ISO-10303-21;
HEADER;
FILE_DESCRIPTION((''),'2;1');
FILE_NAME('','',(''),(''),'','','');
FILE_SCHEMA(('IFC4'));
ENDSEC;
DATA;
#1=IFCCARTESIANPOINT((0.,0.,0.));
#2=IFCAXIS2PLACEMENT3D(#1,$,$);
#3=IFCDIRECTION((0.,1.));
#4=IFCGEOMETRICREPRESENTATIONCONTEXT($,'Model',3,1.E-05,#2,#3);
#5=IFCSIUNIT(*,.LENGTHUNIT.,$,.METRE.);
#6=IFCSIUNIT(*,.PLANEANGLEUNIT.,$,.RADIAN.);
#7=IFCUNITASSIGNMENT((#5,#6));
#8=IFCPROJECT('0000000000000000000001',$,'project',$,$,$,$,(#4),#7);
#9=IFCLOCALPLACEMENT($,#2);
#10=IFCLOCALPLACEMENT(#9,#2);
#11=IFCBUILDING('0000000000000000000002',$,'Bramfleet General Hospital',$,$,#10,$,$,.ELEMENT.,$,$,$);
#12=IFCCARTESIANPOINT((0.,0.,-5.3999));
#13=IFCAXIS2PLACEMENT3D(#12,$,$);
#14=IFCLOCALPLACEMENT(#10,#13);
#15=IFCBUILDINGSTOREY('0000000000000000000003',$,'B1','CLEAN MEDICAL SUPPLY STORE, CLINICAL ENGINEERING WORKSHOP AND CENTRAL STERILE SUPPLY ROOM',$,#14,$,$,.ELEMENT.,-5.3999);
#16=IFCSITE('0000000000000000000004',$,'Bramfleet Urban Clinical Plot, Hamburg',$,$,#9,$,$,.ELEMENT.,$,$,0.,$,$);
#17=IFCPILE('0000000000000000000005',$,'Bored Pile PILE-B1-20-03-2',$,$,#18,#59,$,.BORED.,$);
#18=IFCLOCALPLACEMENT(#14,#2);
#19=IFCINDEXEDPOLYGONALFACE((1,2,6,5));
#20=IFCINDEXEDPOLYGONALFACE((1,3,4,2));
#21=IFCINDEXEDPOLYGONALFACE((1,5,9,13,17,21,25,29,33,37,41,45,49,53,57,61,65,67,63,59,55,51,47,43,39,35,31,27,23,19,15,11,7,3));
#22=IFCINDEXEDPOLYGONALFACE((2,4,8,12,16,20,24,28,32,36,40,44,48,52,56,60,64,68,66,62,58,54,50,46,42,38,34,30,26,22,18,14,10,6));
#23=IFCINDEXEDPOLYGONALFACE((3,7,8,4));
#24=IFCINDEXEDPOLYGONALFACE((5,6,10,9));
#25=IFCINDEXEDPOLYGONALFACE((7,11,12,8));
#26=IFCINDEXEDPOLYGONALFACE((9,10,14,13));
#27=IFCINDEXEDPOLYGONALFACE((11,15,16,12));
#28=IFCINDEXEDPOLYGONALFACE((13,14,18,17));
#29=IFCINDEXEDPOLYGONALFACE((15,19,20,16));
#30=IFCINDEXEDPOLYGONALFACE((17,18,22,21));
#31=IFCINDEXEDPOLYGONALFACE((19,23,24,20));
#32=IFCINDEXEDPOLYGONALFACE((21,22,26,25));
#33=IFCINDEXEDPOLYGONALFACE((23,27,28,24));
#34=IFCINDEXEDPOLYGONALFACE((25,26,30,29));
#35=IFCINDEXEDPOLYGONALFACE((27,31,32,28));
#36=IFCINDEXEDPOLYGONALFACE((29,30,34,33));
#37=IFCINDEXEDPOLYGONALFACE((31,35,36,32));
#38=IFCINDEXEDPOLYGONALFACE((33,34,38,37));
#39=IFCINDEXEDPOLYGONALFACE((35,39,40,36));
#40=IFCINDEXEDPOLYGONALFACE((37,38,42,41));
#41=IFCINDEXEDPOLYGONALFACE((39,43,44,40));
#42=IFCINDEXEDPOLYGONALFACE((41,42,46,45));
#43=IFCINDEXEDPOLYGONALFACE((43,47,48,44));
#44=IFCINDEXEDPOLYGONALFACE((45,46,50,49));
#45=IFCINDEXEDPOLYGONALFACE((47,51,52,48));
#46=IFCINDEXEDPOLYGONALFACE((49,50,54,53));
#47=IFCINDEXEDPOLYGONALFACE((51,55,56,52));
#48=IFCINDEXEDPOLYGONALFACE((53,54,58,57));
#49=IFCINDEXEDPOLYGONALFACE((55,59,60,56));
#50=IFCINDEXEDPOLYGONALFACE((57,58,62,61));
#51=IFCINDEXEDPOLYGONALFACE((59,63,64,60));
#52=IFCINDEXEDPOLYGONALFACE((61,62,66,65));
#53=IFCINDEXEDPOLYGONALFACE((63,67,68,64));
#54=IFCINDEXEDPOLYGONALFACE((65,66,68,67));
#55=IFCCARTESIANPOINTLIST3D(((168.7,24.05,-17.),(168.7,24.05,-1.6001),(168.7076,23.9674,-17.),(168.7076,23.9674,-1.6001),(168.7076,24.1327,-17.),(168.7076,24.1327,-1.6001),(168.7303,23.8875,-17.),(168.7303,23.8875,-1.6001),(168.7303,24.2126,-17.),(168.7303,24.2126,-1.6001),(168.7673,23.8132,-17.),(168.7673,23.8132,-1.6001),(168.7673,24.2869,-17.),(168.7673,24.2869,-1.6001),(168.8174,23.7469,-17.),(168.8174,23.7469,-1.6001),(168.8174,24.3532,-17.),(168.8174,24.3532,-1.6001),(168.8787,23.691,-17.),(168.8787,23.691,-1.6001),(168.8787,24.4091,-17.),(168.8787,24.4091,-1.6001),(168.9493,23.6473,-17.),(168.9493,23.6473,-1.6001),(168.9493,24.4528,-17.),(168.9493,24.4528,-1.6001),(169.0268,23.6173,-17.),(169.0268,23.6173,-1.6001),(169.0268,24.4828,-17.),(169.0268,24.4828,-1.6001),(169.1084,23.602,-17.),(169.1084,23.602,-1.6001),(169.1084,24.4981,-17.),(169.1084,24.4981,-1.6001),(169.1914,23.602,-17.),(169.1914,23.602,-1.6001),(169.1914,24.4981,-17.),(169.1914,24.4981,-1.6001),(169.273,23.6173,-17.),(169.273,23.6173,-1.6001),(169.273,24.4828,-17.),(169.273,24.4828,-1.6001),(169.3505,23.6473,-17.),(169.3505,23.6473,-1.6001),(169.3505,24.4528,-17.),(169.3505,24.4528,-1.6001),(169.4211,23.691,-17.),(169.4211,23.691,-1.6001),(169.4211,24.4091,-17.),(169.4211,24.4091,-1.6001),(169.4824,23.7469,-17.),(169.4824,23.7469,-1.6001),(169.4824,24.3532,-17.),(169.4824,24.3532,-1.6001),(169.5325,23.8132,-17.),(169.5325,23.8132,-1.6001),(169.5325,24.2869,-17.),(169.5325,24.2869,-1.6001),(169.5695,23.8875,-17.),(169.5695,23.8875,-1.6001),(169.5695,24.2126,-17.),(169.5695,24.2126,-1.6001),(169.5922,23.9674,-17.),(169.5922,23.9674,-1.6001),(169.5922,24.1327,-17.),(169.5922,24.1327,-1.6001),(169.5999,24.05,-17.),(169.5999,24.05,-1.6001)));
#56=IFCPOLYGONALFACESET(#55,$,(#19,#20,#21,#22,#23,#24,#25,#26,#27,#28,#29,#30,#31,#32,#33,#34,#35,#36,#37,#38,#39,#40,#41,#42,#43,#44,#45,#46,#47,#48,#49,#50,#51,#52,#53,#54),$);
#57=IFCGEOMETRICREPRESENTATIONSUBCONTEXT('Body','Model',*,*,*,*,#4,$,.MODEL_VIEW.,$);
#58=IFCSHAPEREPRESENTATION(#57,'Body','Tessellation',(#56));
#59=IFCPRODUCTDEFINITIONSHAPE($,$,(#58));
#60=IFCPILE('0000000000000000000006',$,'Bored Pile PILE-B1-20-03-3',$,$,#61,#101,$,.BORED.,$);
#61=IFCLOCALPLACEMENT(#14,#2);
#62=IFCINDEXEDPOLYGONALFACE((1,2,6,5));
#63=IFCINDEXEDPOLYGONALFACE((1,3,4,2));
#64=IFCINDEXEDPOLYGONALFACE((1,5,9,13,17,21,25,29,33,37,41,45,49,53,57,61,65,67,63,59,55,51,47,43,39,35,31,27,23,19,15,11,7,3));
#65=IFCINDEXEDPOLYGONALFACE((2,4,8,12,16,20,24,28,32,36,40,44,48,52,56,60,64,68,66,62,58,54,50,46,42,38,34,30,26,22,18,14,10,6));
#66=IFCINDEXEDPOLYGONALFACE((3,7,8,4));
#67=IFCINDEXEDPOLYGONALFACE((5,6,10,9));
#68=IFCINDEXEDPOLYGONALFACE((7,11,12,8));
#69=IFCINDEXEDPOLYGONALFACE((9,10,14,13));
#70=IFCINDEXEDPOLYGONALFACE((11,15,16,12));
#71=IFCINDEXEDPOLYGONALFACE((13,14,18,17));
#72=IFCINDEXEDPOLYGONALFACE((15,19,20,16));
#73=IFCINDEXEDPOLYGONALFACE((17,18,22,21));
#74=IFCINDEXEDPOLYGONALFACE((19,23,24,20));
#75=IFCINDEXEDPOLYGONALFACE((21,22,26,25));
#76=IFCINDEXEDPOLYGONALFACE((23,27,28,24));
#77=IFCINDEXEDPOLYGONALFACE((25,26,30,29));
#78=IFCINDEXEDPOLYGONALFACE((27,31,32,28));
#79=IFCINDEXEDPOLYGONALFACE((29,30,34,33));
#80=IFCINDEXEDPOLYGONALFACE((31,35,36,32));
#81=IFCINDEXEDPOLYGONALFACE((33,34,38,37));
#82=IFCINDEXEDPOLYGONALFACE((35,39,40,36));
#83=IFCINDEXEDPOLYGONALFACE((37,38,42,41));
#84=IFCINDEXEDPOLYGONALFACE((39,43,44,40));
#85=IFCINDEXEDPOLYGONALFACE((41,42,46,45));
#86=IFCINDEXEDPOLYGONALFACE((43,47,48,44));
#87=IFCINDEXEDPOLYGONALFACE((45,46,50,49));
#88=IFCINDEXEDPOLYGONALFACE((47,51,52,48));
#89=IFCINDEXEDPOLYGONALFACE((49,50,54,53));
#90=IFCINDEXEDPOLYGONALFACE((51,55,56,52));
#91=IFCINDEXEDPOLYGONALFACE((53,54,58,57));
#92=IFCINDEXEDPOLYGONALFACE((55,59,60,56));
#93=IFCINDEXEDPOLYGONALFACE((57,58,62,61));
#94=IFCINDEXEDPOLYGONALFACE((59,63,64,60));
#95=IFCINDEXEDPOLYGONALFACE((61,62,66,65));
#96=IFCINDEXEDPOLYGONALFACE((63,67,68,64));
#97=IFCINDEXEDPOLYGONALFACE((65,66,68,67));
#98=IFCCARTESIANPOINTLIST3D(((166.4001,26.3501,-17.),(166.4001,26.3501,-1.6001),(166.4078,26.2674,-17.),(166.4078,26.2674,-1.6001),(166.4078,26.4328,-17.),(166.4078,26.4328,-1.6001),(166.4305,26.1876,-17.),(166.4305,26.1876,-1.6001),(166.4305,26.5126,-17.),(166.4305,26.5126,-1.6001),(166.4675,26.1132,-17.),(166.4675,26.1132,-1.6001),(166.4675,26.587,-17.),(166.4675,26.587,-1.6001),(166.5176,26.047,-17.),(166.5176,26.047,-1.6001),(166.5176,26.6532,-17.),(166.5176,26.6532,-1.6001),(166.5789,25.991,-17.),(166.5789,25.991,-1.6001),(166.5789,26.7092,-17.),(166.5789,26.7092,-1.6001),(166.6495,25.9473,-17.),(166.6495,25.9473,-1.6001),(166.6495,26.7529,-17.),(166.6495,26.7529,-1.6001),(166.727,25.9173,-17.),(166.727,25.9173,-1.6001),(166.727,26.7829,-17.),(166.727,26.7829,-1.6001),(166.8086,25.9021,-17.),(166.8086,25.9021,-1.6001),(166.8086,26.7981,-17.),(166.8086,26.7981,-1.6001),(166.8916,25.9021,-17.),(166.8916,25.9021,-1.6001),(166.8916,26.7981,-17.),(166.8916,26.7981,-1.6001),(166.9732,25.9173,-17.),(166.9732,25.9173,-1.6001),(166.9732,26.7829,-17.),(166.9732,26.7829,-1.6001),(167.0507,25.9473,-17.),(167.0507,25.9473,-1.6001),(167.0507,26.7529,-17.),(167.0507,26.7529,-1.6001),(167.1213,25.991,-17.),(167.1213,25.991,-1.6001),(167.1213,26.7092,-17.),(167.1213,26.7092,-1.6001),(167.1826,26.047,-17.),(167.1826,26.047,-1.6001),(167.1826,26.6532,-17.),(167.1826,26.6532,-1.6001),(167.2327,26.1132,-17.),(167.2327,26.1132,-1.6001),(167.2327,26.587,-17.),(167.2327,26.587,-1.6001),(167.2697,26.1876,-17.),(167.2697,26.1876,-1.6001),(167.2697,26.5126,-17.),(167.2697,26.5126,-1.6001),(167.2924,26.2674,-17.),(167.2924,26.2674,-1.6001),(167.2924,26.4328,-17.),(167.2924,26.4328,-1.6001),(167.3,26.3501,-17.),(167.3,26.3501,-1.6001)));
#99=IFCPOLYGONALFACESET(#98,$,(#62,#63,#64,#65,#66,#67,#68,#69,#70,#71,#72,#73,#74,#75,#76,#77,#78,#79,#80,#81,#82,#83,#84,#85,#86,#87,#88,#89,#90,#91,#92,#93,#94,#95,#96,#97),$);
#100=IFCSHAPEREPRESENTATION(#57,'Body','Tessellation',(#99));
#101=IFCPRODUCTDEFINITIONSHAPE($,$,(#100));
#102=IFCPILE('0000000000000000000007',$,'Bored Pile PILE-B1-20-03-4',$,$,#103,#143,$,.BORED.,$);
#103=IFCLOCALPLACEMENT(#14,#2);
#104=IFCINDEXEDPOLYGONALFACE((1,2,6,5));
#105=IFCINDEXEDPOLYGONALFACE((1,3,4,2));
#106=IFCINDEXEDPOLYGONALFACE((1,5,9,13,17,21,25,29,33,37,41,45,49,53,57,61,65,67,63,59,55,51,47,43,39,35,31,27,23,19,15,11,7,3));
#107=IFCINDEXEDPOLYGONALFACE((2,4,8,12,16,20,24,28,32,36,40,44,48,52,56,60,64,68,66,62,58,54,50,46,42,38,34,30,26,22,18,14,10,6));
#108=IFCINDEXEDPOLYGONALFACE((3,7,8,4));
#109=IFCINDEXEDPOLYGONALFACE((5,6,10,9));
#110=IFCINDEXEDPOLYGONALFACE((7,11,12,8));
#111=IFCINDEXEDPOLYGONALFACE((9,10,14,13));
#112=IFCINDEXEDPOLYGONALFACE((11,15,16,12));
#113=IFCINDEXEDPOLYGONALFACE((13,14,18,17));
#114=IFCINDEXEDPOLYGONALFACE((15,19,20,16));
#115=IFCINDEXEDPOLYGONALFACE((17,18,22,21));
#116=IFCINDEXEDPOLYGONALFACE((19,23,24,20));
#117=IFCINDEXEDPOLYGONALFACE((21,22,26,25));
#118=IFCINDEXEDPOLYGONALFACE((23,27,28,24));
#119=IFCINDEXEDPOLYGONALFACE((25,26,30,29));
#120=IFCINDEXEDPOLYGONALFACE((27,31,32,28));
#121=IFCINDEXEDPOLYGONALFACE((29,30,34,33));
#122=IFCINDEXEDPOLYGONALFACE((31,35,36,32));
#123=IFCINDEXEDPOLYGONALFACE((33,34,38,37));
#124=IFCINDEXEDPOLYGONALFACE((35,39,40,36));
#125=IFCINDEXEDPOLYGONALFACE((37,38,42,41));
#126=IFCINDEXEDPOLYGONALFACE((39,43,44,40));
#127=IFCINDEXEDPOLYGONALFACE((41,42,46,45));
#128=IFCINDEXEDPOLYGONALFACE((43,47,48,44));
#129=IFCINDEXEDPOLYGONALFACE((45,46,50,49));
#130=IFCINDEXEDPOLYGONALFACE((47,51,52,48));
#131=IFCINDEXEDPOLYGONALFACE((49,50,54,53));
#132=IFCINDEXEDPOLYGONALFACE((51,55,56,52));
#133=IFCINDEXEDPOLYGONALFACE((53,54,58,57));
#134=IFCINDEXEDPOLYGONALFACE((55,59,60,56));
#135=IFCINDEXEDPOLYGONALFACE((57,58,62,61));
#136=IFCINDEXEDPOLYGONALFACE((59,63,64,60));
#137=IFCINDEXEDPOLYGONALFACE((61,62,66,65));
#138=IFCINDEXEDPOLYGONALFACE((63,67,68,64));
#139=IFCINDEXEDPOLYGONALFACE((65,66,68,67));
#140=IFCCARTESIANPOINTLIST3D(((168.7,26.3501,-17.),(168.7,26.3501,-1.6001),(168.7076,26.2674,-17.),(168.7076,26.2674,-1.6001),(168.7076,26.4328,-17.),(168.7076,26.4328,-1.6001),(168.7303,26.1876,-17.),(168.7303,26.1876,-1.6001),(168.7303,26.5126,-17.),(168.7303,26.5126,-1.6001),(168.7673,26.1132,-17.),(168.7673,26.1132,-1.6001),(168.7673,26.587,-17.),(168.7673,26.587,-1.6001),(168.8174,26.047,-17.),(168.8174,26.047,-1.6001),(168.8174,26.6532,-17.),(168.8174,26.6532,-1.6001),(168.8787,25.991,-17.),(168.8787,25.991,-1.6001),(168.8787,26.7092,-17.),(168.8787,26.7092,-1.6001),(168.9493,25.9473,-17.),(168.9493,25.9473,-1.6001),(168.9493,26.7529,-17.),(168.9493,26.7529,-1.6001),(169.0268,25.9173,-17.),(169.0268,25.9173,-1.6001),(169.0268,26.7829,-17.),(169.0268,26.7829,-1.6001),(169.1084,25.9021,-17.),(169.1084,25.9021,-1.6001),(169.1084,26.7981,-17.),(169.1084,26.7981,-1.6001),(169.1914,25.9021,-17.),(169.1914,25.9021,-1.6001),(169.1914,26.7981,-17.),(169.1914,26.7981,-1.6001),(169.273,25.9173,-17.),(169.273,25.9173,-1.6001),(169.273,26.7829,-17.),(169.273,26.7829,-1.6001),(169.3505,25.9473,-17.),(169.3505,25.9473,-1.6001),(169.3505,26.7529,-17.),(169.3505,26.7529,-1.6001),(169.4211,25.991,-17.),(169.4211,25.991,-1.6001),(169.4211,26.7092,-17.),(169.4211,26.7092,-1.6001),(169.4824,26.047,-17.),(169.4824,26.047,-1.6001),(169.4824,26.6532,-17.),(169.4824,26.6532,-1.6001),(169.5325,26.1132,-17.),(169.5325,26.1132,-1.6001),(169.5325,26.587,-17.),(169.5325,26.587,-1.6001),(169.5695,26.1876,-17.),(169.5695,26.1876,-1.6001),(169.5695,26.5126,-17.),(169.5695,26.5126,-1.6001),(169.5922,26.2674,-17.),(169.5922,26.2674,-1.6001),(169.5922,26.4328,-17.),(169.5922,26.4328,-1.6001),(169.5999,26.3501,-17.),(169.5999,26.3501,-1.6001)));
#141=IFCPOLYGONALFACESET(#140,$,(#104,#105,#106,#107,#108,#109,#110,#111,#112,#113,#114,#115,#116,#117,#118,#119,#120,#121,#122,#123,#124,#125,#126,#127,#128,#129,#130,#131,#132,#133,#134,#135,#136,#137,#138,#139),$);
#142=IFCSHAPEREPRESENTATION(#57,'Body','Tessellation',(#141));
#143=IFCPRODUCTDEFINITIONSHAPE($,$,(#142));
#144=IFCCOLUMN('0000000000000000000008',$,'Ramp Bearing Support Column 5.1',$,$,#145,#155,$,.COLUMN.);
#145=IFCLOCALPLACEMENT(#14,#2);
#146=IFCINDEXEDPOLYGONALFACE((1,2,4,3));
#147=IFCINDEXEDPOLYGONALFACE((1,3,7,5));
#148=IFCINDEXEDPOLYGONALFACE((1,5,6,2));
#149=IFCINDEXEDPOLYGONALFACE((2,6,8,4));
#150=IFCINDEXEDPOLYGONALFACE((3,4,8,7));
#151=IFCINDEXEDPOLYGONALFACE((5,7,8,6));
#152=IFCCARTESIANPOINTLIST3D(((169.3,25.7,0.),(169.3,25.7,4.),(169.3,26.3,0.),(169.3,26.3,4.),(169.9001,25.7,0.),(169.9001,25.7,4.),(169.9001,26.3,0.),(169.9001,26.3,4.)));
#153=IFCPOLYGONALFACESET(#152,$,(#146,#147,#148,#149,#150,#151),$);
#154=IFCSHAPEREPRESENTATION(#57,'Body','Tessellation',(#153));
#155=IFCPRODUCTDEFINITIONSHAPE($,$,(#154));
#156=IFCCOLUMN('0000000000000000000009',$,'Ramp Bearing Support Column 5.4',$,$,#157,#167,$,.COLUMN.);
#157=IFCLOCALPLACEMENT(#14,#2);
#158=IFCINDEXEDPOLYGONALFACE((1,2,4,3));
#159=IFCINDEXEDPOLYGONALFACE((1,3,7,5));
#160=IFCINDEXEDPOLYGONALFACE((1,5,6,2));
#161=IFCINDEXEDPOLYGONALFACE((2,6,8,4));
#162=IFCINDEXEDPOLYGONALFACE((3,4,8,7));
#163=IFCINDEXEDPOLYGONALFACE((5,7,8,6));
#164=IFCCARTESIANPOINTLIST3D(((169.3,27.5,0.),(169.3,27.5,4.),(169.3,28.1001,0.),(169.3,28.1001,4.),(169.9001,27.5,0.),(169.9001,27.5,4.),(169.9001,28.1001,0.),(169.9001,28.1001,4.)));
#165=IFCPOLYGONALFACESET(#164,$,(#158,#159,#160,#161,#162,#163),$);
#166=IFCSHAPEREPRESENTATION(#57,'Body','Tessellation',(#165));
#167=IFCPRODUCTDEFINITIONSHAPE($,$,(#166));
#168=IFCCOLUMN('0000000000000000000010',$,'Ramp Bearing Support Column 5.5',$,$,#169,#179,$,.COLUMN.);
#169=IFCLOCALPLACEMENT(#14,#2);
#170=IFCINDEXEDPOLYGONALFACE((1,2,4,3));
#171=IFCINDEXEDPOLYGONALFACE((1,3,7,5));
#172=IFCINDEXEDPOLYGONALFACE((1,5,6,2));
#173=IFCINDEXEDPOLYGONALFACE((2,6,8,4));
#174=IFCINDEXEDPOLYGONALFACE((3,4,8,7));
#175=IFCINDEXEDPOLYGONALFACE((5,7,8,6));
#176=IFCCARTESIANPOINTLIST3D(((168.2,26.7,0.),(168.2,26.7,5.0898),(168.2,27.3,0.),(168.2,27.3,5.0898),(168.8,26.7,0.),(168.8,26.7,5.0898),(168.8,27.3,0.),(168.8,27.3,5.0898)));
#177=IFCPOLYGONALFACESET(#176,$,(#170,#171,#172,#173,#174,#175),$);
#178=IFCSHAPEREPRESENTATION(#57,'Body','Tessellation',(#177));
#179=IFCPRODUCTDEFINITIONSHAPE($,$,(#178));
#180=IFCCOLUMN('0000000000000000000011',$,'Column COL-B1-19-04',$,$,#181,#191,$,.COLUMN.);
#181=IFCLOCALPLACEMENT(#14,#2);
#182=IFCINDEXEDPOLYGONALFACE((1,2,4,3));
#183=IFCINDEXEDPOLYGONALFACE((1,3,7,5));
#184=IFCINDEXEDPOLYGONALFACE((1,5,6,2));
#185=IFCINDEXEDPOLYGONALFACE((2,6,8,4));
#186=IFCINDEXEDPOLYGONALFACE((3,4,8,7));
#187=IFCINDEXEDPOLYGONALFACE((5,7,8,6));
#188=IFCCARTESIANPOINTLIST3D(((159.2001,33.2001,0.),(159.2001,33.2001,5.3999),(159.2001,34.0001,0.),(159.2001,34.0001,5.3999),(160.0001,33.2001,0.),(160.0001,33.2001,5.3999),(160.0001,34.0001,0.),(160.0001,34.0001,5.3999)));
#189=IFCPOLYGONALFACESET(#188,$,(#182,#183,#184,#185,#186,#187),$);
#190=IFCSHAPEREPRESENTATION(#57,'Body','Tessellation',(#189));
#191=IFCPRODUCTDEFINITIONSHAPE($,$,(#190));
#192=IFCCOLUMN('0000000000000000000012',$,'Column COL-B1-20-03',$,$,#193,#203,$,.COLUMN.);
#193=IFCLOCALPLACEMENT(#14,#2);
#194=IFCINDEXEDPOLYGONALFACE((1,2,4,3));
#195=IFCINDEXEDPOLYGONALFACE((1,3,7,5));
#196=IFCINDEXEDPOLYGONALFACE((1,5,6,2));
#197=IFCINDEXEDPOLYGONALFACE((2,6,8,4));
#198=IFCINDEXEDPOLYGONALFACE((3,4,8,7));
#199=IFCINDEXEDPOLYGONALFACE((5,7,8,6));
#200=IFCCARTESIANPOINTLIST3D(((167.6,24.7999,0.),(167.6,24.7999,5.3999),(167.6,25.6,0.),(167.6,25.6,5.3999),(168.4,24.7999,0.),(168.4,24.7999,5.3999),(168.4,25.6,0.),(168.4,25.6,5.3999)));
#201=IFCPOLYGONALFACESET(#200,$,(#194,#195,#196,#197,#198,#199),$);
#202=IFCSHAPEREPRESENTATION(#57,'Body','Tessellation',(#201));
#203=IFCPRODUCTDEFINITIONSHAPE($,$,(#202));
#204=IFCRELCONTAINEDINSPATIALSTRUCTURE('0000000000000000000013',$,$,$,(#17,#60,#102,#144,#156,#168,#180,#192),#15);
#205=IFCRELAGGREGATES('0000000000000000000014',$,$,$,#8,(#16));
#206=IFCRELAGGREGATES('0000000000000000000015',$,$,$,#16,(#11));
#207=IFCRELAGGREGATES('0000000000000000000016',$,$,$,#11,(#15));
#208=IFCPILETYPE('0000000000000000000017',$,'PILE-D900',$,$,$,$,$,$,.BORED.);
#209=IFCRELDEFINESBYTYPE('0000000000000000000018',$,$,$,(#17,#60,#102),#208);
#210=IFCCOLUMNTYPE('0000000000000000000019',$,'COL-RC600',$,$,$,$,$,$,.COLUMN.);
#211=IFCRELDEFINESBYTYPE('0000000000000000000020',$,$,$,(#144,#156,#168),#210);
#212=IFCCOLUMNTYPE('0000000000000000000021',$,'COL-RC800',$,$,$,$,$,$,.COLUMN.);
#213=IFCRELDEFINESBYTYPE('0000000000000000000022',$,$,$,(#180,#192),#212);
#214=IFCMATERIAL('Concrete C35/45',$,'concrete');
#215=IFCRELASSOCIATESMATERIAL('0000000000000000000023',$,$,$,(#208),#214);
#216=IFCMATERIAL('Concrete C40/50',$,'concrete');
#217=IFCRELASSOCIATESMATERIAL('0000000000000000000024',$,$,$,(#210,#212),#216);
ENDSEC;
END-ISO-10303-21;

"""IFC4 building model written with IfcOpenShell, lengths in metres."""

from ifc_helpers import new_model, si_unit, direction, frame, origin, origin_2d, place, context, subcontext, project, spatial, rectangle, circle, extrude, material, material_profile, profile_set, type_object, element, save


model = new_model("IFC4")

# Units and contexts
model_context = context("Model", 3, precision=1e-05, world=origin(), true_north=direction((0.0, 1.0)))
body_context = subcontext(model_context, "Body", "Model", "MODEL_VIEW")
ifc_project = project(units=[si_unit("LENGTHUNIT", "METRE"), si_unit("PLANEANGLEUNIT", "RADIAN")], contexts=[model_context])

# Site, building, storey
site_placement = place(None, origin())
site = spatial("IfcSite", under=ifc_project, at=site_placement, Name="Bramfleet Urban Clinical Plot, Hamburg", CompositionType="ELEMENT", RefElevation=0.0)
building_placement = place(site_placement, origin())
building = spatial("IfcBuilding", under=site, at=building_placement, Name="Bramfleet General Hospital", CompositionType="ELEMENT")
storey_placement = place(building_placement, frame((0.0, 0.0, -5.3999)))
storey = spatial("IfcBuildingStorey", under=building, at=storey_placement, Name="B1", Description="CLEAN MEDICAL SUPPLY STORE, CLINICAL ENGINEERING WORKSHOP AND CENTRAL STERILE SUPPLY ROOM", CompositionType="ELEMENT", Elevation=-5.3999)

# Shared definitions
ifc_material_1 = material(Name="Concrete C35/45", Category="concrete")

# Piles
ifc_material_profile_1 = material_profile(ifc_material_1, circle(Radius=0.45, at=origin_2d()), Name="PILE BORED D900")
ifc_profile_set_1 = profile_set([ifc_material_profile_1], Name="Concrete C35/45")
pile_type_1 = type_object("IfcPileType", Name="PILE-D900", PredefinedType="BORED", material=ifc_profile_set_1)
for number, where, z_axis, x_axis, name in (
    (1, (169.1499, 24.05, -1.6001), (0.0, 0.0, -1.0), (1.0, 0.0, 0.0), "Bored Pile PILE-B1-20-03-2"),
    (2, (166.8501, 26.3501, -1.6001), (0.0, 0.0, -1.0), (1.0, 0.0, 0.0), "Bored Pile PILE-B1-20-03-3"),
    (3, (169.1499, 26.3501, -1.6001), (0.0, 0.0, -1.0), (1.0, 0.0, 0.0), "Bored Pile PILE-B1-20-03-4"),
):
    element("IfcPile", number, at=place(storey_placement, frame(where, z_axis=z_axis, x_axis=x_axis)), inside=storey, type_object=pile_type_1, Name=name, PredefinedType="BORED", context=body_context, shape_type="SweptSolid", body=[
        extrude(circle(Radius=0.45, at=origin_2d()), origin(), (0.0, 0.0, 1.0), 15.3999),
    ])

# Columns
ifc_material_2 = material(Name="Concrete C40/50", Category="concrete")
ifc_material_profile_2 = material_profile(ifc_material_2, rectangle(XDim=0.6001, YDim=0.6001, at=origin_2d()), Name="RC COL 600x600")
ifc_profile_set_2 = profile_set([ifc_material_profile_2], Name="Concrete C40/50")
column_type_1 = type_object("IfcColumnType", Name="COL-RC600", PredefinedType="COLUMN", material=ifc_profile_set_2)
for number, where, z_axis, x_axis, name in (
    (4, (169.6001, 26.0, 0.0), (0.0, 0.0, 1.0), (1.0, 0.0, 0.0), "Ramp Bearing Support Column 5.1"),
    (5, (169.6001, 27.8, 0.0), (0.0, 0.0, 1.0), (1.0, 0.0, 0.0), "Ramp Bearing Support Column 5.4"),
):
    element("IfcColumn", number, at=place(storey_placement, frame(where, z_axis=z_axis, x_axis=x_axis)), inside=storey, type_object=column_type_1, Name=name, PredefinedType="COLUMN", context=body_context, shape_type="SweptSolid", body=[
        extrude(rectangle(XDim=0.6001, YDim=0.6001, at=origin_2d()), origin(), (0.0, 0.0, 1.0), 4.0),
    ])
column_placement = place(storey_placement, frame((168.5, 27.0, 0.0), z_axis=(0.0, 0.0, 1.0), x_axis=(1.0, 0.0, 0.0)))
element("IfcColumn", 6, at=column_placement, inside=storey, type_object=column_type_1, Name="Ramp Bearing Support Column 5.5", PredefinedType="COLUMN", context=body_context, shape_type="SweptSolid", body=[
    extrude(rectangle(XDim=0.6001, YDim=0.6001, at=origin_2d()), origin(), (0.0, 0.0, 1.0), 5.0898),
])
ifc_material_profile_3 = material_profile(ifc_material_2, rectangle(XDim=0.8, YDim=0.8, at=origin_2d()), Name="RC COL 800x800")
ifc_profile_set_3 = profile_set([ifc_material_profile_3], Name="Concrete C40/50")
column_type_2 = type_object("IfcColumnType", Name="COL-RC800", PredefinedType="COLUMN", material=ifc_profile_set_3)
for number, where, z_axis, x_axis, name in (
    (7, (159.6001, 33.6001, 0.0), (0.0, 0.0, 1.0), (1.0, 0.0, 0.0), "Column COL-B1-19-04"),
    (8, (168.0, 25.2, 0.0), (0.0, 0.0, 1.0), (1.0, 0.0, 0.0), "Column COL-B1-20-03"),
):
    element("IfcColumn", number, at=place(storey_placement, frame(where, z_axis=z_axis, x_axis=x_axis)), inside=storey, type_object=column_type_2, Name=name, PredefinedType="COLUMN", context=body_context, shape_type="SweptSolid", body=[
        extrude(rectangle(XDim=0.8, YDim=0.8, at=origin_2d()), origin(), (0.0, 0.0, 1.0), 5.3999),
    ])

save(model, "model.ifc")
